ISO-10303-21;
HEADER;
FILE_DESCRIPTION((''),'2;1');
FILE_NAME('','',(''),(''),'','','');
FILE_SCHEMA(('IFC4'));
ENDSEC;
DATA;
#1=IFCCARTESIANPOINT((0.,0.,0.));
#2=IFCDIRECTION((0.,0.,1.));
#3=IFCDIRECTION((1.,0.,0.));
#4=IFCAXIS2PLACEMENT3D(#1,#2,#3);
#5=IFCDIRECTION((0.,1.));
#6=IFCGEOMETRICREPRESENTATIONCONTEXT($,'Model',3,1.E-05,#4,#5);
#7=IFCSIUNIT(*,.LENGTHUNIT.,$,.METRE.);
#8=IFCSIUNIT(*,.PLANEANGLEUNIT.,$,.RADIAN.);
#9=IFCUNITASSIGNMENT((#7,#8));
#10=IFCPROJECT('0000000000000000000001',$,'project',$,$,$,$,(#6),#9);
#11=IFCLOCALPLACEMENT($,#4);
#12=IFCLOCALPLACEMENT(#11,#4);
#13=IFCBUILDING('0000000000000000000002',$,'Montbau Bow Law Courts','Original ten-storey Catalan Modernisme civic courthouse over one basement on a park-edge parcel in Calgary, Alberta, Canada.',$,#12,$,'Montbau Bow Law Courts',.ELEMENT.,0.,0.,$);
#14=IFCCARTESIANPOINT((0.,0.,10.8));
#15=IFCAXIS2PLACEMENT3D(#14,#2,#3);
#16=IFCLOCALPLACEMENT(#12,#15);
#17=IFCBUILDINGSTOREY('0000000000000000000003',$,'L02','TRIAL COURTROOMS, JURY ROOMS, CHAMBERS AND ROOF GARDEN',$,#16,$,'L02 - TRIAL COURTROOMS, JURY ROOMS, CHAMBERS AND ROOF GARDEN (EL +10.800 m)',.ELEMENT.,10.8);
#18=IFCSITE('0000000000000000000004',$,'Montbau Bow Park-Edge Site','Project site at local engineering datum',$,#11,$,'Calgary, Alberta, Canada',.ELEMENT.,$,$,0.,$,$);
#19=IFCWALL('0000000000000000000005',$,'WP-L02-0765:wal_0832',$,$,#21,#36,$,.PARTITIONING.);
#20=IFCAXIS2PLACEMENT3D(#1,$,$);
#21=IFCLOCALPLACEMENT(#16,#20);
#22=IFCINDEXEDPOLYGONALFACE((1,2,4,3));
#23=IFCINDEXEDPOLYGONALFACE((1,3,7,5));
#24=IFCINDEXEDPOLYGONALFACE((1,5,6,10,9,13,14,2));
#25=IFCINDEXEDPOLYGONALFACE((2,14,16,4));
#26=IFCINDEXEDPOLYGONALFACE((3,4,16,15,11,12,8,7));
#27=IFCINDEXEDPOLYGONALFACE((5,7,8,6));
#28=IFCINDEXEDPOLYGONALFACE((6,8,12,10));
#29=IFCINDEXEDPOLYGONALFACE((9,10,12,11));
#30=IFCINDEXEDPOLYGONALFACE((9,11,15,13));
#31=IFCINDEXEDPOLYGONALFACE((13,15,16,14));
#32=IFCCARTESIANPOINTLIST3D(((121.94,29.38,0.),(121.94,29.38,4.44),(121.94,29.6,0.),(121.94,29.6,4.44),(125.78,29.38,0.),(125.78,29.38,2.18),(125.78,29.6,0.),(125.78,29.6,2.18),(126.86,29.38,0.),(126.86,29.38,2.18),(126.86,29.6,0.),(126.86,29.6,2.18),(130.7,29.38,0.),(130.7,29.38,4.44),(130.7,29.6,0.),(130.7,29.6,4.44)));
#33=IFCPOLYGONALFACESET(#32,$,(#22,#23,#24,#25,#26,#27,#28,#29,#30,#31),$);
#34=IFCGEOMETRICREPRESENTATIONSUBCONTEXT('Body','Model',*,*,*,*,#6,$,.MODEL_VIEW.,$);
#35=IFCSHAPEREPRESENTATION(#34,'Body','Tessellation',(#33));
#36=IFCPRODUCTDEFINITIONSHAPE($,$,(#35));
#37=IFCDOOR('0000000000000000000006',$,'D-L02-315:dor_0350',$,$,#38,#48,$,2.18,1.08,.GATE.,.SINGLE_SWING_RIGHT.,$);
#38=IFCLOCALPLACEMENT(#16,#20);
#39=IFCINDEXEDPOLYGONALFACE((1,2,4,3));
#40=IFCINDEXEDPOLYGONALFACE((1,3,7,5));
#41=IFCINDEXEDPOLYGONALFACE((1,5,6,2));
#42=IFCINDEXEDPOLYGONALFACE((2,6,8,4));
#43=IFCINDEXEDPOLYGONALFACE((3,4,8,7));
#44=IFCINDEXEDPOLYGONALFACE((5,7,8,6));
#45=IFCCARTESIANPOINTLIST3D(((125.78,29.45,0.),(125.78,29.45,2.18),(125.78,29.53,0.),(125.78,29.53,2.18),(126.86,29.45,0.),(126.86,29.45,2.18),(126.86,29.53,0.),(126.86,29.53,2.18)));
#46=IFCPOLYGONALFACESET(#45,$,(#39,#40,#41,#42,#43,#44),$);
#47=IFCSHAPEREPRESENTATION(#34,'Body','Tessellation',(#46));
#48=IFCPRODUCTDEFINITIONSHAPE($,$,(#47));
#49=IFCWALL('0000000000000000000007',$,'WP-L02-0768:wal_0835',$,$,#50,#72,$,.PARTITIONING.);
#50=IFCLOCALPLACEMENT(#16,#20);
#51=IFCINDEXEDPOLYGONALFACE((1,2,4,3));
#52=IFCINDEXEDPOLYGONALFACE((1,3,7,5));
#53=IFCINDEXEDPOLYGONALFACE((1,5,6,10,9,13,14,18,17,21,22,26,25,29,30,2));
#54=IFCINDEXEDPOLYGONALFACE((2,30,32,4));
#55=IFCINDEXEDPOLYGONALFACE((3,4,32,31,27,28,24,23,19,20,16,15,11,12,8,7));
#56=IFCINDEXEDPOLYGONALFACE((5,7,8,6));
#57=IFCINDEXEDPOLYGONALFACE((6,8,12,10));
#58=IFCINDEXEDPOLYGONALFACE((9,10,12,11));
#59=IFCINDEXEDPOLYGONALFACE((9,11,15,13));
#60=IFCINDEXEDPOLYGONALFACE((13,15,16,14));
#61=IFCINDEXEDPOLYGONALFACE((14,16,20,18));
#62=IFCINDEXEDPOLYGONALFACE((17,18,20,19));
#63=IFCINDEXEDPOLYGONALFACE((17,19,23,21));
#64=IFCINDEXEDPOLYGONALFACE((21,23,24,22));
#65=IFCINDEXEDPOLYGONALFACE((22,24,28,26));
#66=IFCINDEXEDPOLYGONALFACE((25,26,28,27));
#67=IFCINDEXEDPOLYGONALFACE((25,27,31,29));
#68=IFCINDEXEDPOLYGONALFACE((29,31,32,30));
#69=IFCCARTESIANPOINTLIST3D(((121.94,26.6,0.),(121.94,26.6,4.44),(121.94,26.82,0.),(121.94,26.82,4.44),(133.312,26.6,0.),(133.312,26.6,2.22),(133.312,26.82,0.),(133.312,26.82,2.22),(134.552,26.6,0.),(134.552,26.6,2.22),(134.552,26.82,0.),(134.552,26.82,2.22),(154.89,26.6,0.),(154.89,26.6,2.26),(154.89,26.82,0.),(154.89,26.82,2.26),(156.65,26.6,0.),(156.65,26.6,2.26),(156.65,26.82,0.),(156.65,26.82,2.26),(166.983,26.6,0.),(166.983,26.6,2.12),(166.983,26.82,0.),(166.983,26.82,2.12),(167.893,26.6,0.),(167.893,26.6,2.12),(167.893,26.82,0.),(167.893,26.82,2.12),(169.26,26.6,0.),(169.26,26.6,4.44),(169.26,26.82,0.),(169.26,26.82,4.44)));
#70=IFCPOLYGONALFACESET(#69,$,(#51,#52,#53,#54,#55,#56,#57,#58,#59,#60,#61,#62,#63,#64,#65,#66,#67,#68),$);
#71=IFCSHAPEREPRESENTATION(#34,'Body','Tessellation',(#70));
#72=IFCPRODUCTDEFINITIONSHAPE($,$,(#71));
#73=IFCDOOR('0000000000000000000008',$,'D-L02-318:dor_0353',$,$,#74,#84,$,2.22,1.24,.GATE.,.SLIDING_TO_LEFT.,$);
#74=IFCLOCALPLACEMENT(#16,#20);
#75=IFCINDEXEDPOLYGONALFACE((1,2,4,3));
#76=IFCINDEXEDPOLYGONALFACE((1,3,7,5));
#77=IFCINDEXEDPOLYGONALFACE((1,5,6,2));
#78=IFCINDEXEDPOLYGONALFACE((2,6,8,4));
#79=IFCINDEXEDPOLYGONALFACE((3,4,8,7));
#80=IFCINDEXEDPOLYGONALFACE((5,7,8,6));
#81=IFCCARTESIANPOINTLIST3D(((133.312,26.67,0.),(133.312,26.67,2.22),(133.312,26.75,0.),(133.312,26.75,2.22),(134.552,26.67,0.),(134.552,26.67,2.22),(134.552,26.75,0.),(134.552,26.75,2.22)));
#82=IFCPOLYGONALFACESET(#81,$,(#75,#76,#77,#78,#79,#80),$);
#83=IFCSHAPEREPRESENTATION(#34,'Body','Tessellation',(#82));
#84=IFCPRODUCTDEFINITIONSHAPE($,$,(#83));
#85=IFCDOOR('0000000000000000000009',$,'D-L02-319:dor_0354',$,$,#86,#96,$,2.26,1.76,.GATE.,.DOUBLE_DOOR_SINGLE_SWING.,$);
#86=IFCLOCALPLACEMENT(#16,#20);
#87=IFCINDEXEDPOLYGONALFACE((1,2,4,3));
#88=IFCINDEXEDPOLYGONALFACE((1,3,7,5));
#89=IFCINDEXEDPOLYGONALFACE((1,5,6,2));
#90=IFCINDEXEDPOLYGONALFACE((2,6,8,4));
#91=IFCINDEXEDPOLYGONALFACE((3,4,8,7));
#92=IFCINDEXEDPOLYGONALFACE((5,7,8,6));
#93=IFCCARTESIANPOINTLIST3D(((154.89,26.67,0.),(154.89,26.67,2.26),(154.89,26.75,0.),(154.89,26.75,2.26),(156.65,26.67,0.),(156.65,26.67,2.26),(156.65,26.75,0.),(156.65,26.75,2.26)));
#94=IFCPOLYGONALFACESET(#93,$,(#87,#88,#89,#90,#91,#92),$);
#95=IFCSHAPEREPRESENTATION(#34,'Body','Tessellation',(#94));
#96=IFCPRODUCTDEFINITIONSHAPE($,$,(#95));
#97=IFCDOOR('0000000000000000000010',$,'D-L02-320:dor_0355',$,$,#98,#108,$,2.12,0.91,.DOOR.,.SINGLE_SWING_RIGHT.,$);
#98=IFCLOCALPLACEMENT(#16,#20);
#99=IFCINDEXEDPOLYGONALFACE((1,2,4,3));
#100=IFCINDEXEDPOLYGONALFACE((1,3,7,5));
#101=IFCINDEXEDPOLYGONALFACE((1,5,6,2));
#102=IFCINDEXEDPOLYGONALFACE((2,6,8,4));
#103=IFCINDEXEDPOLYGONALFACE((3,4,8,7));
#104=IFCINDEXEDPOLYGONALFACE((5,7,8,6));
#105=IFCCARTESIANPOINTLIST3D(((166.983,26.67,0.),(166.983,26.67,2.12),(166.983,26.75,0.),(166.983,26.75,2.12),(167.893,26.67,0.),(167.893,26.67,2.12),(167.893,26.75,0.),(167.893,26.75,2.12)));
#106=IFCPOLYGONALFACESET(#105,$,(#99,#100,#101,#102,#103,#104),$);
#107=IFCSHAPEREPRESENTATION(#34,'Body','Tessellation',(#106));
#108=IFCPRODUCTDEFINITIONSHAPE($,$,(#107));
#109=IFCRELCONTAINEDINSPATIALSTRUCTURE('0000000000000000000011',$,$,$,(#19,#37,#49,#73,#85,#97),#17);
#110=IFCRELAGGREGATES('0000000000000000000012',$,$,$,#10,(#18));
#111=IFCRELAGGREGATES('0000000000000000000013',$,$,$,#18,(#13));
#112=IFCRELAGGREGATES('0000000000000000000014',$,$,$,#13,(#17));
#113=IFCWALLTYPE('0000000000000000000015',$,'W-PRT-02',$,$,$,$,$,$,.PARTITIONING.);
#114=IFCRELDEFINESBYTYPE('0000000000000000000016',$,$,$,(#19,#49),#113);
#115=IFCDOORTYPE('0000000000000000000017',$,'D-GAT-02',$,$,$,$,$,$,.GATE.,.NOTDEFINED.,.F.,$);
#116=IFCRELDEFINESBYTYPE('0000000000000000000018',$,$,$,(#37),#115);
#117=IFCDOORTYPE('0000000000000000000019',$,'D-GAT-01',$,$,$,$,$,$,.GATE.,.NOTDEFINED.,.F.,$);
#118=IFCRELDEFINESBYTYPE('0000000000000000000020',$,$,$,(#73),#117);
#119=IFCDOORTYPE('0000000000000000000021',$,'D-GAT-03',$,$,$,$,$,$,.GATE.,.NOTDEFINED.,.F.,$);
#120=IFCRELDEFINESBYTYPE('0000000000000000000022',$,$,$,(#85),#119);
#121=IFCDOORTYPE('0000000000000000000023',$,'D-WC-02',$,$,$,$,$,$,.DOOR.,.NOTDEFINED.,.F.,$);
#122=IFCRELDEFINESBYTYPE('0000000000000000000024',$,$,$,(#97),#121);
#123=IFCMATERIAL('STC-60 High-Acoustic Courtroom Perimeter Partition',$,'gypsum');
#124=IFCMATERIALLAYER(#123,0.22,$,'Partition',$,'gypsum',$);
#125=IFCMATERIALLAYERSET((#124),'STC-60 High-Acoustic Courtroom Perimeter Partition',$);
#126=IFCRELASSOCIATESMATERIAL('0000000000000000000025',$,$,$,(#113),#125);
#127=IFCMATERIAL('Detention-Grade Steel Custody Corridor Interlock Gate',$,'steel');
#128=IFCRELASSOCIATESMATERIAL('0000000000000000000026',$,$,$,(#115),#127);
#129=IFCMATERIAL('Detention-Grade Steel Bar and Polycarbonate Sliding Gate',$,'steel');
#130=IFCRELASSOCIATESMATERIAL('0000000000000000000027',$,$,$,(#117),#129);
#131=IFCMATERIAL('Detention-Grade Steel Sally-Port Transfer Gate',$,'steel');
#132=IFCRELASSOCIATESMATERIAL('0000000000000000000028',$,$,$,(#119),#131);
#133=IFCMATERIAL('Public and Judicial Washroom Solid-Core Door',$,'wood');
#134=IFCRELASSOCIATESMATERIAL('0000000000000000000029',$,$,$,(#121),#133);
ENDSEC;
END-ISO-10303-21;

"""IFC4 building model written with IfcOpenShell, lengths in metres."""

from ifc_helpers import new_model, si_unit, direction, frame, frame_2d, origin_with_axes, place, context, subcontext, project, spatial, rectangle, extrude, material, layer, layer_set, type_object, element, fill, save


model = new_model("IFC4")

# Units and contexts
model_context = context("Model", 3, precision=1e-05, world=origin_with_axes(), true_north=direction((0.0, 1.0)))
body_context = subcontext(model_context, "Body", "Model", "MODEL_VIEW")
ifc_project = project(units=[si_unit("LENGTHUNIT", "METRE"), si_unit("PLANEANGLEUNIT", "RADIAN")], contexts=[model_context])

# Site, building, storey
site_placement = place(None, origin_with_axes())
site = spatial("IfcSite", under=ifc_project, at=site_placement, Name="Montbau Bow Park-Edge Site", Description="Project site at local engineering datum", LongName="Calgary, Alberta, Canada", CompositionType="ELEMENT", RefElevation=0.0)
building_placement = place(site_placement, origin_with_axes())
building = spatial("IfcBuilding", under=site, at=building_placement, Name="Montbau Bow Law Courts", Description="Original ten-storey Catalan Modernisme civic courthouse over one basement on a park-edge parcel in Calgary, Alberta, Canada.", LongName="Montbau Bow Law Courts", CompositionType="ELEMENT", ElevationOfRefHeight=0.0, ElevationOfTerrain=0.0)
storey_placement = place(building_placement, frame((0.0, 0.0, 10.8), z_axis=(0.0, 0.0, 1.0), x_axis=(1.0, 0.0, 0.0)))
storey = spatial("IfcBuildingStorey", under=building, at=storey_placement, Name="L02", Description="TRIAL COURTROOMS, JURY ROOMS, CHAMBERS AND ROOF GARDEN", LongName="L02 - TRIAL COURTROOMS, JURY ROOMS, CHAMBERS AND ROOF GARDEN (EL +10.800 m)", CompositionType="ELEMENT", Elevation=10.8)

# Wall, opening, door
ifc_material_1 = material(Name="STC-60 High-Acoustic Courtroom Perimeter Partition", Category="gypsum")
ifc_layer = layer(ifc_material_1, 0.22, Name="Partition", Category="gypsum")
ifc_layer_set = layer_set([ifc_layer], Name="STC-60 High-Acoustic Courtroom Perimeter Partition")
wall_type = type_object("IfcWallType", Name="W-PRT-02", PredefinedType="PARTITIONING", material=ifc_layer_set)
wall_1_placement = place(None, frame((121.94, 29.49, 10.8), z_axis=(0.0, 0.0, 1.0), x_axis=(1.0, 0.0, 0.0)))
wall_1 = element("IfcWall", 1, at=wall_1_placement, inside=storey, type_object=wall_type, Name="WP-L02-0765:wal_0832", PredefinedType="PARTITIONING", context=body_context, shape_type="SweptSolid", body=[
    extrude(rectangle(XDim=8.76, YDim=0.22, at=frame_2d((4.38, 0.0), x_axis=(1.0, 0.0))), origin_with_axes(), (0.0, 0.0, 1.0), 4.44),
])
opening_1_placement = place(None, frame((126.32, 29.49, 10.8), z_axis=(0.0, 0.0, 1.0), x_axis=(1.0, 0.0, 0.0)))
opening_1 = element("IfcOpeningElement", 2, at=opening_1_placement, cuts=wall_1, PredefinedType="OPENING", context=body_context, shape_type="SweptSolid", body=[
    extrude(rectangle(XDim=1.08, YDim=2.18, at=frame_2d((0.0, 1.09), x_axis=(1.0, 0.0))), frame((0.0, 0.12, 0.0), z_axis=(0.0, -1.0, 0.0), x_axis=(1.0, 0.0, 0.0)), (0.0, 0.0, 1.0), 0.24),
])
ifc_material_2 = material(Name="Detention-Grade Steel Custody Corridor Interlock Gate", Category="steel")
door_type_1 = type_object("IfcDoorType", Name="D-GAT-02", OperationType="NOTDEFINED", ParameterTakesPrecedence=False, PredefinedType="GATE", material=ifc_material_2)
door_1_placement = place(None, frame((126.32, 29.49, 10.8), z_axis=(0.0, 0.0, 1.0), x_axis=(-1.0, 0.0, 0.0)))
door_1 = element("IfcDoor", 3, at=door_1_placement, inside=storey, type_object=door_type_1, Name="D-L02-315:dor_0350", OperationType="SINGLE_SWING_RIGHT", OverallHeight=2.18, OverallWidth=1.08, PredefinedType="GATE", context=body_context, shape_type="SweptSolid", body=[
    extrude(rectangle(XDim=1.08, YDim=2.18, at=frame_2d((0.0, 1.09), x_axis=(1.0, 0.0))), frame((0.0, 0.04, 0.0), z_axis=(0.0, -1.0, 0.0), x_axis=(1.0, 0.0, 0.0)), (0.0, 0.0, 1.0), 0.08),
])
fill(opening_1, door_1)

# Wall, openings, doors
wall_2_placement = place(None, frame((121.94, 26.71, 10.8), z_axis=(0.0, 0.0, 1.0), x_axis=(1.0, 0.0, 0.0)))
wall_2 = element("IfcWall", 4, at=wall_2_placement, inside=storey, type_object=wall_type, Name="WP-L02-0768:wal_0835", PredefinedType="PARTITIONING", context=body_context, shape_type="SweptSolid", body=[
    extrude(rectangle(XDim=47.32, YDim=0.22, at=frame_2d((23.66, 0.0), x_axis=(1.0, 0.0))), origin_with_axes(), (0.0, 0.0, 1.0), 4.44),
])
opening_2_placement = place(None, frame((133.932, 26.71, 10.8), z_axis=(0.0, 0.0, 1.0), x_axis=(1.0, 0.0, 0.0)))
opening_2 = element("IfcOpeningElement", 5, at=opening_2_placement, cuts=wall_2, PredefinedType="OPENING", context=body_context, shape_type="SweptSolid", body=[
    extrude(rectangle(XDim=1.24, YDim=2.22, at=frame_2d((0.0, 1.11), x_axis=(1.0, 0.0))), frame((0.0, 0.12, 0.0), z_axis=(0.0, -1.0, 0.0), x_axis=(1.0, 0.0, 0.0)), (0.0, 0.0, 1.0), 0.24),
])
opening_3_placement = place(None, frame((155.77, 26.71, 10.8), z_axis=(0.0, 0.0, 1.0), x_axis=(1.0, 0.0, 0.0)))
opening_3 = element("IfcOpeningElement", 6, at=opening_3_placement, cuts=wall_2, PredefinedType="OPENING", context=body_context, shape_type="SweptSolid", body=[
    extrude(rectangle(XDim=1.76, YDim=2.26, at=frame_2d((0.0, 1.13), x_axis=(1.0, 0.0))), frame((0.0, 0.12, 0.0), z_axis=(0.0, -1.0, 0.0), x_axis=(1.0, 0.0, 0.0)), (0.0, 0.0, 1.0), 0.24),
])
opening_4_placement = place(None, frame((167.438, 26.71, 10.8), z_axis=(0.0, 0.0, 1.0), x_axis=(1.0, 0.0, 0.0)))
opening_4 = element("IfcOpeningElement", 7, at=opening_4_placement, cuts=wall_2, PredefinedType="OPENING", context=body_context, shape_type="SweptSolid", body=[
    extrude(rectangle(XDim=0.91, YDim=2.12, at=frame_2d((0.0, 1.06), x_axis=(1.0, 0.0))), frame((0.0, 0.12, 0.0), z_axis=(0.0, -1.0, 0.0), x_axis=(1.0, 0.0, 0.0)), (0.0, 0.0, 1.0), 0.24),
])
ifc_material_3 = material(Name="Detention-Grade Steel Bar and Polycarbonate Sliding Gate", Category="steel")
door_type_2 = type_object("IfcDoorType", Name="D-GAT-01", OperationType="NOTDEFINED", ParameterTakesPrecedence=False, PredefinedType="GATE", material=ifc_material_3)
door_2_placement = place(None, frame((133.932, 26.71, 10.8), z_axis=(0.0, 0.0, 1.0), x_axis=(1.0, 0.0, 0.0)))
door_2 = element("IfcDoor", 8, at=door_2_placement, inside=storey, type_object=door_type_2, Name="D-L02-318:dor_0353", OperationType="SLIDING_TO_LEFT", OverallHeight=2.22, OverallWidth=1.24, PredefinedType="GATE", context=body_context, shape_type="SweptSolid", body=[
    extrude(rectangle(XDim=1.24, YDim=2.22, at=frame_2d((0.0, 1.11), x_axis=(1.0, 0.0))), frame((0.0, 0.04, 0.0), z_axis=(0.0, -1.0, 0.0), x_axis=(1.0, 0.0, 0.0)), (0.0, 0.0, 1.0), 0.08),
])
fill(opening_2, door_2)
ifc_material_4 = material(Name="Detention-Grade Steel Sally-Port Transfer Gate", Category="steel")
door_type_3 = type_object("IfcDoorType", Name="D-GAT-03", OperationType="NOTDEFINED", ParameterTakesPrecedence=False, PredefinedType="GATE", material=ifc_material_4)
door_3_placement = place(None, frame((155.77, 26.71, 10.8), z_axis=(0.0, 0.0, 1.0), x_axis=(1.0, 0.0, 0.0)))
door_3 = element("IfcDoor", 9, at=door_3_placement, inside=storey, type_object=door_type_3, Name="D-L02-319:dor_0354", OperationType="DOUBLE_DOOR_SINGLE_SWING", OverallHeight=2.26, OverallWidth=1.76, PredefinedType="GATE", context=body_context, shape_type="SweptSolid", body=[
    extrude(rectangle(XDim=1.76, YDim=2.26, at=frame_2d((0.0, 1.13), x_axis=(1.0, 0.0))), frame((0.0, 0.04, 0.0), z_axis=(0.0, -1.0, 0.0), x_axis=(1.0, 0.0, 0.0)), (0.0, 0.0, 1.0), 0.08),
])
fill(opening_3, door_3)
ifc_material_5 = material(Name="Public and Judicial Washroom Solid-Core Door", Category="wood")
door_type_4 = type_object("IfcDoorType", Name="D-WC-02", OperationType="NOTDEFINED", ParameterTakesPrecedence=False, PredefinedType="DOOR", material=ifc_material_5)
door_4_placement = place(None, frame((167.438, 26.71, 10.8), z_axis=(0.0, 0.0, 1.0), x_axis=(1.0, 0.0, 0.0)))
door_4 = element("IfcDoor", 10, at=door_4_placement, inside=storey, type_object=door_type_4, Name="D-L02-320:dor_0355", OperationType="SINGLE_SWING_RIGHT", OverallHeight=2.12, OverallWidth=0.91, PredefinedType="DOOR", context=body_context, shape_type="SweptSolid", body=[
    extrude(rectangle(XDim=0.91, YDim=2.12, at=frame_2d((0.0, 1.06), x_axis=(1.0, 0.0))), frame((0.0, 0.04, 0.0), z_axis=(0.0, -1.0, 0.0), x_axis=(1.0, 0.0, 0.0)), (0.0, 0.0, 1.0), 0.08),
])
fill(opening_4, door_4)

save(model, "model.ifc")
